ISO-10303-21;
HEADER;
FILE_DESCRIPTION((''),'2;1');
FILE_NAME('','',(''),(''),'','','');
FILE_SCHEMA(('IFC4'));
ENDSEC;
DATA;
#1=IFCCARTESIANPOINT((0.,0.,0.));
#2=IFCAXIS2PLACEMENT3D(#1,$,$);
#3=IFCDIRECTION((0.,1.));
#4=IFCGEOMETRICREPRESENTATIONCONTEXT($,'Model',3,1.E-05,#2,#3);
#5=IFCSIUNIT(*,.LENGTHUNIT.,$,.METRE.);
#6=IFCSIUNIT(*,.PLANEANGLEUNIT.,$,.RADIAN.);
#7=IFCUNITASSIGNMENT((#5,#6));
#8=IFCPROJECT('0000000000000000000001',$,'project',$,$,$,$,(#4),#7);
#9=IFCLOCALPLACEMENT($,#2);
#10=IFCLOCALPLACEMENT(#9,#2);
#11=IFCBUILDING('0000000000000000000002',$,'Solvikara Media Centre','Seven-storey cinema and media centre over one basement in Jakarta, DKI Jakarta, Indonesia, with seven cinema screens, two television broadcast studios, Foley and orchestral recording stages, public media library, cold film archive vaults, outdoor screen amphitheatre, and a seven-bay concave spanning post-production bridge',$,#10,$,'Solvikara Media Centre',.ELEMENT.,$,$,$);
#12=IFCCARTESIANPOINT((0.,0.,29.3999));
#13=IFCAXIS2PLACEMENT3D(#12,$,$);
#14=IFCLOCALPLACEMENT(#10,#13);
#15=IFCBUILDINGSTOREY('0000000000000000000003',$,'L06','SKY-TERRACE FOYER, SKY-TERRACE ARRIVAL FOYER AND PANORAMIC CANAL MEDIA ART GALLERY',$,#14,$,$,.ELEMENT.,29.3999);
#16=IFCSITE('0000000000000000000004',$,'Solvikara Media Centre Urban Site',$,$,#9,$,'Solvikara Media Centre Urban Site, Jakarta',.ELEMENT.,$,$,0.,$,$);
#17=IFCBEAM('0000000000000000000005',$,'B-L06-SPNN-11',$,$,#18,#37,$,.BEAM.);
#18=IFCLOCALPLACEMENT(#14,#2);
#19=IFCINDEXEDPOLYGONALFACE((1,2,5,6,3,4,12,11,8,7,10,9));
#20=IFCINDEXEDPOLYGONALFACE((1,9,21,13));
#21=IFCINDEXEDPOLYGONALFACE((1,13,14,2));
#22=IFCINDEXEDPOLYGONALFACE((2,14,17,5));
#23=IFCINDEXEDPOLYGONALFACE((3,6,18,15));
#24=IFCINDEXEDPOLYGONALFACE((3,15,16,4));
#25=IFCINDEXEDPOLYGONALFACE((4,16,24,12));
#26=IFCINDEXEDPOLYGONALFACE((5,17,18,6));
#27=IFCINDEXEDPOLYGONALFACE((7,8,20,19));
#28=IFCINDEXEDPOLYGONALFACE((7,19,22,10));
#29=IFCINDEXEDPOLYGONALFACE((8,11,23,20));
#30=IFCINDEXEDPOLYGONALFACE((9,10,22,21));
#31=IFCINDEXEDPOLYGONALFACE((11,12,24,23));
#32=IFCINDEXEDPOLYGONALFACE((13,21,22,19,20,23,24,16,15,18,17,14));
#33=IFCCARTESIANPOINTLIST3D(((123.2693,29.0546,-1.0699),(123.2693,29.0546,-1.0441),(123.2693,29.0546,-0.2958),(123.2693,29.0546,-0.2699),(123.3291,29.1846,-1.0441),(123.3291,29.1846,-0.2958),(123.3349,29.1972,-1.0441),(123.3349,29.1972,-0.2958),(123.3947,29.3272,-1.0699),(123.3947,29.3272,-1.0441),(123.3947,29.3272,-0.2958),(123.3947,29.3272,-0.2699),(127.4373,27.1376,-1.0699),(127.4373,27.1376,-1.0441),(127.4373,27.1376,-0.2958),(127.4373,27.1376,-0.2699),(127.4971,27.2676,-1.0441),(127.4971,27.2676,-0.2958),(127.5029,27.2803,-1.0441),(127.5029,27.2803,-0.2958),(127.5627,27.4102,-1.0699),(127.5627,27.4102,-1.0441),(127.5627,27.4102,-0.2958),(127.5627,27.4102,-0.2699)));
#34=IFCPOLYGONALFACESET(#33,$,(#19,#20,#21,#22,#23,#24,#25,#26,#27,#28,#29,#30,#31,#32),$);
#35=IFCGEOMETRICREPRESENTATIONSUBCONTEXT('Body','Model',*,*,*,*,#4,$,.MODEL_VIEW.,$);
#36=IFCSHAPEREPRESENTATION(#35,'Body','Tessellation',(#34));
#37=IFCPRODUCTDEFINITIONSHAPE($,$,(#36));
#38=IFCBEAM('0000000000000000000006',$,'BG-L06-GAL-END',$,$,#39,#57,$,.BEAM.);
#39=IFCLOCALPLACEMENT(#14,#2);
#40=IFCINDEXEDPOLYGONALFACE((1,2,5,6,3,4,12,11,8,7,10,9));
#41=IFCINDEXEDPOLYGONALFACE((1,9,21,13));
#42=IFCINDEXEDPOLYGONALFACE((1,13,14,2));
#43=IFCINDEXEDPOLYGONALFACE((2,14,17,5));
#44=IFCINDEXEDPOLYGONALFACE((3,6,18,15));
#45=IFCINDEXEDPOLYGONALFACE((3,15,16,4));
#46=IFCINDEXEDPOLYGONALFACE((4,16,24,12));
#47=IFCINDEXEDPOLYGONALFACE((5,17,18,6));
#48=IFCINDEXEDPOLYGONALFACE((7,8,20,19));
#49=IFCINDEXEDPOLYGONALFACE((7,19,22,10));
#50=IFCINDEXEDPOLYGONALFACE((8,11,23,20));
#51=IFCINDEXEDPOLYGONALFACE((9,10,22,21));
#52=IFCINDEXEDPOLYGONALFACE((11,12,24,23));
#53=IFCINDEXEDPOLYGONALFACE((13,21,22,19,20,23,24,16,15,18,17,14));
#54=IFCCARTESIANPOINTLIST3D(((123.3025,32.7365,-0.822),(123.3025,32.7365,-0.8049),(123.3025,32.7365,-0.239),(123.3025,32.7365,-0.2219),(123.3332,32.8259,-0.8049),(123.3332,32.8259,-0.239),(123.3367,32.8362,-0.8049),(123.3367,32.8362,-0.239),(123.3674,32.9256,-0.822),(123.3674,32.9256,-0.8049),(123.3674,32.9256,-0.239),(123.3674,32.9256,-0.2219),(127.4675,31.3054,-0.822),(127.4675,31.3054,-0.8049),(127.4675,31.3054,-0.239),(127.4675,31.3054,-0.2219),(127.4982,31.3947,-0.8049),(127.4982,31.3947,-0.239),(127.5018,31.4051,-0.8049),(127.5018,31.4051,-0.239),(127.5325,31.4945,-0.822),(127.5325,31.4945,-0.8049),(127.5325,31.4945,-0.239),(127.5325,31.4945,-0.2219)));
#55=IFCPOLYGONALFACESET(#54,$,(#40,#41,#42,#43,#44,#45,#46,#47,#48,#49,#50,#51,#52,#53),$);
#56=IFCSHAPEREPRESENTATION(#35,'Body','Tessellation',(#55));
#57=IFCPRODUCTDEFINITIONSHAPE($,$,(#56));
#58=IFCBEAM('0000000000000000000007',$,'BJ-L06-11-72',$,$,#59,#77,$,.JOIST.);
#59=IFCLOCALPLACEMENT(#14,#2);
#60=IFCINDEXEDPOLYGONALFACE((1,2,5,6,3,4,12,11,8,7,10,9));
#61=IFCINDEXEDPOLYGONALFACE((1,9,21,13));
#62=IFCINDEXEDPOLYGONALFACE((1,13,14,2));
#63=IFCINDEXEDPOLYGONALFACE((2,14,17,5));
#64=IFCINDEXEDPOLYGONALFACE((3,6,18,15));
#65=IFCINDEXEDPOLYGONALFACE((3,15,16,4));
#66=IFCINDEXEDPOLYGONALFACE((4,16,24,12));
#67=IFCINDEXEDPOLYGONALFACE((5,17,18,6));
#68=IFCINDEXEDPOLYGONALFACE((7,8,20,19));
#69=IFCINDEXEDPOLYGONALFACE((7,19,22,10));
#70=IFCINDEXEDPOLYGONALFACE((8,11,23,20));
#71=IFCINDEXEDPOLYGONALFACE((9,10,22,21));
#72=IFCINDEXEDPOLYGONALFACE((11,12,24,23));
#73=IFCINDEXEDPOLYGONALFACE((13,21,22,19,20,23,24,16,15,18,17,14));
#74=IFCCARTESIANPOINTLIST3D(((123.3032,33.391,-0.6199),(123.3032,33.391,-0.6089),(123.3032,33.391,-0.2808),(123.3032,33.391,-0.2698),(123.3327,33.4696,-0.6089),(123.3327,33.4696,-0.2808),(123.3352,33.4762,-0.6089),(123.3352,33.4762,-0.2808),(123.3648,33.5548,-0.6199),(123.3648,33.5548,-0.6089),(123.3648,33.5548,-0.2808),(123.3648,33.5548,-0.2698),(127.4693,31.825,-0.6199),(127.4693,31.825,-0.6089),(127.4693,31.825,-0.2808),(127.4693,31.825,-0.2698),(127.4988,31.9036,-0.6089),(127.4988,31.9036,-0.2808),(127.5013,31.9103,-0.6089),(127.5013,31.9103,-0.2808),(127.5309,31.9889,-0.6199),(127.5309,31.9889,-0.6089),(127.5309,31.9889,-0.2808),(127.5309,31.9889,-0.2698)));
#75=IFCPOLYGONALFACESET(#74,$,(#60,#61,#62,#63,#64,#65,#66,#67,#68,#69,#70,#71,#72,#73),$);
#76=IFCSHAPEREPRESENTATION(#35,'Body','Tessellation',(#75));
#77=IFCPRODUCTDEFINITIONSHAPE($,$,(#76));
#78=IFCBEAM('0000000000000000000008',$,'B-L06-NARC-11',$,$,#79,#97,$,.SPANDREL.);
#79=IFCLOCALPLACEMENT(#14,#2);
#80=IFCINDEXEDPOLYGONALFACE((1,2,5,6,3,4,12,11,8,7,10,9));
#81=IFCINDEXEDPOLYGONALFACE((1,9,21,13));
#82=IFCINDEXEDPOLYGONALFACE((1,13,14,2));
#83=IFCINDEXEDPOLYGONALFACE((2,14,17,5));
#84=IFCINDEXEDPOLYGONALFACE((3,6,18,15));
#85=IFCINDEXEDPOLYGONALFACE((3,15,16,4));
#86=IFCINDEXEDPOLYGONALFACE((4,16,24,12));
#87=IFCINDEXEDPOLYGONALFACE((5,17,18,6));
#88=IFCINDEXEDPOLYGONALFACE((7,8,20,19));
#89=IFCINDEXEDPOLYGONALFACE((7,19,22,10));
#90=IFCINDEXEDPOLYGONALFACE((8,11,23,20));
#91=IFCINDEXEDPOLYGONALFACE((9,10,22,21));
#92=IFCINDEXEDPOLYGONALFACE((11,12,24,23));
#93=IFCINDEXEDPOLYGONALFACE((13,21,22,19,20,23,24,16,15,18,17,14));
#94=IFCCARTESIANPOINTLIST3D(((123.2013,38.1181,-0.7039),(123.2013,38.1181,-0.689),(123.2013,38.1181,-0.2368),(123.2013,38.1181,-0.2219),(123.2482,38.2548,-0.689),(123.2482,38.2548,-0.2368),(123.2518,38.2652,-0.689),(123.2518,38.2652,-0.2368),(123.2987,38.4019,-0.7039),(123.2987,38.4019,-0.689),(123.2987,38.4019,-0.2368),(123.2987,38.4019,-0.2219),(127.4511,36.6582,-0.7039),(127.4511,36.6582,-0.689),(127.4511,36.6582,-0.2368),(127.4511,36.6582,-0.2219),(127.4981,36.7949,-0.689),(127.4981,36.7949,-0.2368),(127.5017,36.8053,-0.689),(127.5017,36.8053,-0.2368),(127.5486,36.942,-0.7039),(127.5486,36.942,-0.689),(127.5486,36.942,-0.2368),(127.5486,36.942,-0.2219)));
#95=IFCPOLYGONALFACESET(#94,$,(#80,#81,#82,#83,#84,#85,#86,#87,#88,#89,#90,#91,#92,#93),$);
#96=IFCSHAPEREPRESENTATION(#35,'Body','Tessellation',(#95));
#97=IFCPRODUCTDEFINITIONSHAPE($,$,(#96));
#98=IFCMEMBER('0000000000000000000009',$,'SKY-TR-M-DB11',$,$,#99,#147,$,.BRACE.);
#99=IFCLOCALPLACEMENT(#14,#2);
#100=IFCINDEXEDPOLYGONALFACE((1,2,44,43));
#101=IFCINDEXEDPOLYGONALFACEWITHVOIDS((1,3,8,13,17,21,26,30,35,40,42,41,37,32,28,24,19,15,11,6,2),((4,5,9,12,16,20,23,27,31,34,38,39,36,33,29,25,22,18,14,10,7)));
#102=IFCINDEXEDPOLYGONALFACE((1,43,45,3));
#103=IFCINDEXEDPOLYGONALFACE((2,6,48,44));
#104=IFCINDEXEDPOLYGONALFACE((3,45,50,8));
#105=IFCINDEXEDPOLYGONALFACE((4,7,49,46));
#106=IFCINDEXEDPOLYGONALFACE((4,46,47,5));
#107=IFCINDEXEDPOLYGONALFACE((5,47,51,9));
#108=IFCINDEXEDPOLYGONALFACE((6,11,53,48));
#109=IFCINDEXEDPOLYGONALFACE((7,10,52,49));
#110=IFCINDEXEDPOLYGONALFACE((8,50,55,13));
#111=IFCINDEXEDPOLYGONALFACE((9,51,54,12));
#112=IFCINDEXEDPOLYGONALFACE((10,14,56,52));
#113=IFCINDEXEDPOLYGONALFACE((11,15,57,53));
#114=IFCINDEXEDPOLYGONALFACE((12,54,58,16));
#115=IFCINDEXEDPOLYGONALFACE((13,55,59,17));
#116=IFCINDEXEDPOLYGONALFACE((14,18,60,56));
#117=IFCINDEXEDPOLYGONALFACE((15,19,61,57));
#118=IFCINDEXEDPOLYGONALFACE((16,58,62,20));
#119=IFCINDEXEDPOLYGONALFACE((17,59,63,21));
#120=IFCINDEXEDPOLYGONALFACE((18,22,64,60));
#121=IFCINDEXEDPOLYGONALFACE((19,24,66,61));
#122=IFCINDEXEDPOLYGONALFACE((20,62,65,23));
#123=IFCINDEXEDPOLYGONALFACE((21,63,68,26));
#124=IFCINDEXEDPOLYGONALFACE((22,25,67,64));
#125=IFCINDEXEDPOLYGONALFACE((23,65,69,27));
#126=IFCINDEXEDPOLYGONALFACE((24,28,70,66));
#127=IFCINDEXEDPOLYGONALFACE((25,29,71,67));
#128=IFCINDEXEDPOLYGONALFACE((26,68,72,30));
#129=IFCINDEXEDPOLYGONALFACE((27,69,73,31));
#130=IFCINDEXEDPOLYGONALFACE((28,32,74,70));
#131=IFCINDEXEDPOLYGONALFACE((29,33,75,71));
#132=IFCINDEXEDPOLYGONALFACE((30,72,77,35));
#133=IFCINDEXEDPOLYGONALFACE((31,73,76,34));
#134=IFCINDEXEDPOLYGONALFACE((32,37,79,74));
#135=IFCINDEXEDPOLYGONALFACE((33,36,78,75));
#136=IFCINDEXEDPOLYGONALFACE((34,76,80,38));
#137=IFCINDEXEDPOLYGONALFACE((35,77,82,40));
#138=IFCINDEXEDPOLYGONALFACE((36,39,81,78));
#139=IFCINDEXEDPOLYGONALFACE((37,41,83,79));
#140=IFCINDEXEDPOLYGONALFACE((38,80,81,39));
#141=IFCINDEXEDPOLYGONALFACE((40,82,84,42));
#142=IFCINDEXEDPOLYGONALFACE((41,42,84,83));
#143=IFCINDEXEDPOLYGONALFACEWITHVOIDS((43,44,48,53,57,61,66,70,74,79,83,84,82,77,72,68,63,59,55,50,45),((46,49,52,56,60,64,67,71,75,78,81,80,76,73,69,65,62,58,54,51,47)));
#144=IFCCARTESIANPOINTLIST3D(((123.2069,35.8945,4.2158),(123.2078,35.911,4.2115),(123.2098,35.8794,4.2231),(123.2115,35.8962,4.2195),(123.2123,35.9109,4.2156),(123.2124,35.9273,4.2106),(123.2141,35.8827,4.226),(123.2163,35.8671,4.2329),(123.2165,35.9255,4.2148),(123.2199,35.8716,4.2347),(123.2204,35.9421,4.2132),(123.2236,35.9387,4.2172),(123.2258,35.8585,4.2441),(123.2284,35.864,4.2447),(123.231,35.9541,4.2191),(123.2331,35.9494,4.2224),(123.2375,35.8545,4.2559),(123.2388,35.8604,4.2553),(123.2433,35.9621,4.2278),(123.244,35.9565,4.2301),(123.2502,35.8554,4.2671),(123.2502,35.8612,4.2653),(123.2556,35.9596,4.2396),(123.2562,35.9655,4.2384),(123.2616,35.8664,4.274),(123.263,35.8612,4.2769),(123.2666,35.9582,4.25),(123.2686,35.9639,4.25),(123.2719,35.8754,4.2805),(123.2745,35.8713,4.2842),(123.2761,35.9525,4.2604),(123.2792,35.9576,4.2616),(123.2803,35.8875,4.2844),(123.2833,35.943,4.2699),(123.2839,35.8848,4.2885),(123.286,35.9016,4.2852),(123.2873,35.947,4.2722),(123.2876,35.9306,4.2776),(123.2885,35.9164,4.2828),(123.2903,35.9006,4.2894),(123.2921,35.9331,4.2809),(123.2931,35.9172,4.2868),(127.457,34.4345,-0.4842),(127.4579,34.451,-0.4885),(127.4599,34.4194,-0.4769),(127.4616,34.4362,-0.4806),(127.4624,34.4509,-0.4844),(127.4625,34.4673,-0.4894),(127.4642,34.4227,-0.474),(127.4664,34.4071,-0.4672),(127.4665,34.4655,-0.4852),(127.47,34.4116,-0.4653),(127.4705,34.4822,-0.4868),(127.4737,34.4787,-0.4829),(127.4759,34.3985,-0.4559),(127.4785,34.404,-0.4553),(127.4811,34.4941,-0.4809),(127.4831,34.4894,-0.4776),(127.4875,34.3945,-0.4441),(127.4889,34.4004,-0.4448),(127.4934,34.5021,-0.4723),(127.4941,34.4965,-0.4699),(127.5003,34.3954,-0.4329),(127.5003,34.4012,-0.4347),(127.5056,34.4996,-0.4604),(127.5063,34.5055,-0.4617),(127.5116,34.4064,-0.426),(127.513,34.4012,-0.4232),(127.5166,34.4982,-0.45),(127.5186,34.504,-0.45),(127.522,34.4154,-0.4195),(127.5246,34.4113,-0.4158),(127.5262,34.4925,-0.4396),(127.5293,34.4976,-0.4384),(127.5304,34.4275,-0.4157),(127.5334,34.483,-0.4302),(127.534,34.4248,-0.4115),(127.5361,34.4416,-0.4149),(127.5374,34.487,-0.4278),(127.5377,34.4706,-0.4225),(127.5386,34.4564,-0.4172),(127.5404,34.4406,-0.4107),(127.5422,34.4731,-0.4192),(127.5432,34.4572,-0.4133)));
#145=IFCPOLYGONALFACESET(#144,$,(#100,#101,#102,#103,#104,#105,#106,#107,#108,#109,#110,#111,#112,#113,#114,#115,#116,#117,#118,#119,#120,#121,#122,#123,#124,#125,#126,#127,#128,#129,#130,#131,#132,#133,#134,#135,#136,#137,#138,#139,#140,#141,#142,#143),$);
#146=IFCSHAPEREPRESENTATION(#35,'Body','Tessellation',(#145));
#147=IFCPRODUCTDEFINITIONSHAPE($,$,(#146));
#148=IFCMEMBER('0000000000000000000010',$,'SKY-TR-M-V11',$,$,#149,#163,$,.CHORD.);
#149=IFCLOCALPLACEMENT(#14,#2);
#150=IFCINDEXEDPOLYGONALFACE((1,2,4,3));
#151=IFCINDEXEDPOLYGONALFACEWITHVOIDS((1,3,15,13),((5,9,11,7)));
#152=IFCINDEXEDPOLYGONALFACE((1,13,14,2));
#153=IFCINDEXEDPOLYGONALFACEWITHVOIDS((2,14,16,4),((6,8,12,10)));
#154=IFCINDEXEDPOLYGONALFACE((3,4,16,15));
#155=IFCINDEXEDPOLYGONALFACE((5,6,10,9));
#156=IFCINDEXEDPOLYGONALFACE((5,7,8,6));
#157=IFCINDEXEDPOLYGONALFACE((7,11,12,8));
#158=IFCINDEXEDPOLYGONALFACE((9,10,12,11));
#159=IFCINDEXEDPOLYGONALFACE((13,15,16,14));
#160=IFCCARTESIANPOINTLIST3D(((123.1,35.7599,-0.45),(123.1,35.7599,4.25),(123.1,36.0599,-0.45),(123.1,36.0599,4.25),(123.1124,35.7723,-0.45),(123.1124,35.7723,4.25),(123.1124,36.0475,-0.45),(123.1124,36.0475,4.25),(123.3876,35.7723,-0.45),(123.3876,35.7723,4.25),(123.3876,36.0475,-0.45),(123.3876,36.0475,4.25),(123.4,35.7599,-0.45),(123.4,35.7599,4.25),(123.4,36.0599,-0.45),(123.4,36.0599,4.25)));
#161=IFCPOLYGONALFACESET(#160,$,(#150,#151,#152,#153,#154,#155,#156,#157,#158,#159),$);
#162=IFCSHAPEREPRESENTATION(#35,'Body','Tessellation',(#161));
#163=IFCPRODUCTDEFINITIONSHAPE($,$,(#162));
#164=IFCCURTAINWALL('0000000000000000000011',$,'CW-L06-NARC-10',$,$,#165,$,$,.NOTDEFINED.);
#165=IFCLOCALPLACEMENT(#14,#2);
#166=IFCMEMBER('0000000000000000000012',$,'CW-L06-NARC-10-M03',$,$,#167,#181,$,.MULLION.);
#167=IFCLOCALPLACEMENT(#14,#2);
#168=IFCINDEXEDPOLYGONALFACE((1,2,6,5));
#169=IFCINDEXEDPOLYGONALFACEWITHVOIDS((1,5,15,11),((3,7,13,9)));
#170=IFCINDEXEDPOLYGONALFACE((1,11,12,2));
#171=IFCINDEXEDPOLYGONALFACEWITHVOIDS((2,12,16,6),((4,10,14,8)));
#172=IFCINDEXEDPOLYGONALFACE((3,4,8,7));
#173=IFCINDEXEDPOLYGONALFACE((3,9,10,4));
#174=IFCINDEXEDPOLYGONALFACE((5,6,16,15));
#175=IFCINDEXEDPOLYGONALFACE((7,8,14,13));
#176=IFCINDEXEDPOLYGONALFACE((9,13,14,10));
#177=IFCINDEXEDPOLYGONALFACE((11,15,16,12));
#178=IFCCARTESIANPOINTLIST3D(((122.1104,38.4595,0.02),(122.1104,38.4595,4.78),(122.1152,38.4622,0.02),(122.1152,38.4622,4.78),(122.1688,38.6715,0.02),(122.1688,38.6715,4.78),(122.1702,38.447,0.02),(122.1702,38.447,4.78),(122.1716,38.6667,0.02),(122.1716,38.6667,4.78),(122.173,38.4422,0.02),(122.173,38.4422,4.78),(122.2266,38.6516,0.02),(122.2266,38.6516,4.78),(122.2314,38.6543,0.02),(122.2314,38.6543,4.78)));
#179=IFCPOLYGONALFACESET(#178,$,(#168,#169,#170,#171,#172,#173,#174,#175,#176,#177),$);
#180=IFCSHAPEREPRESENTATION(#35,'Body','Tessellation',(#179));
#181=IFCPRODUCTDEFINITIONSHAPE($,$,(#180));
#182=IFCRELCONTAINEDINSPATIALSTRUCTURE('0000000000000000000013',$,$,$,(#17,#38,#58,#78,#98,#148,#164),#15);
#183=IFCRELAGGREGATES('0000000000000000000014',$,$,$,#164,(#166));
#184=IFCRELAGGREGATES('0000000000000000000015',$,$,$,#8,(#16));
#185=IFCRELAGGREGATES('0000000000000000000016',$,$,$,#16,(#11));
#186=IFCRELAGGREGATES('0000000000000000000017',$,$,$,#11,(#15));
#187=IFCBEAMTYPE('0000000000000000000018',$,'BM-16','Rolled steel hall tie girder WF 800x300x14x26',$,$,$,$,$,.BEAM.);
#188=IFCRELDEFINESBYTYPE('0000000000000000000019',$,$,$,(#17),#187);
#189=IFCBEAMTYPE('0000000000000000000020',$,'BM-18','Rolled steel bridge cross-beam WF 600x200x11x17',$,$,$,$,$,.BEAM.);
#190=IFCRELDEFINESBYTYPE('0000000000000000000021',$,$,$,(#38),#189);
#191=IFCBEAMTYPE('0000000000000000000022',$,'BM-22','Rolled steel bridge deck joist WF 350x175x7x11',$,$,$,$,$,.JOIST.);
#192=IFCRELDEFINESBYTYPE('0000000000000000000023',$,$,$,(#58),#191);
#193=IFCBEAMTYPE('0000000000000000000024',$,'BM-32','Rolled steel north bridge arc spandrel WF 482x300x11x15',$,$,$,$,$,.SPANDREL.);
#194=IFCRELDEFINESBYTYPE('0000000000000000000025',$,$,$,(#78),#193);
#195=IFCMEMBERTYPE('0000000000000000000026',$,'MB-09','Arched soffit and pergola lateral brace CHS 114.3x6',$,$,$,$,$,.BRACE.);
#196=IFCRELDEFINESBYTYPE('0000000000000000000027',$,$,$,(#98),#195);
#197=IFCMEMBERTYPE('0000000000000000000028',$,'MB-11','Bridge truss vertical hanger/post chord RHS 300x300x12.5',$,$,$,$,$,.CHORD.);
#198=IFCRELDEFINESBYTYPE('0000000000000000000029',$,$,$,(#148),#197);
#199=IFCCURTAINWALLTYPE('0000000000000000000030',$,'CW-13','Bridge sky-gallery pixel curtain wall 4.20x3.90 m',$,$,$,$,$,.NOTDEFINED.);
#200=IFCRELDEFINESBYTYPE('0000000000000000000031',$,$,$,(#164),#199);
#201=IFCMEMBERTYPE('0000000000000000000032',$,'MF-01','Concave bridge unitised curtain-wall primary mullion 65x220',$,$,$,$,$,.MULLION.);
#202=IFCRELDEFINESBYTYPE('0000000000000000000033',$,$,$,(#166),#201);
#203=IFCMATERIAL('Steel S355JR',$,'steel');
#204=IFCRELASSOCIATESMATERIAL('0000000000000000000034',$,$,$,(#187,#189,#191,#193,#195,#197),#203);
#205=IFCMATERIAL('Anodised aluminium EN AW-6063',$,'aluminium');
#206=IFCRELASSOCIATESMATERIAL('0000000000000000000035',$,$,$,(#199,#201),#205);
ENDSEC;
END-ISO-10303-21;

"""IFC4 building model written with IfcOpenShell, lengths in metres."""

from ifc_helpers import new_model, si_unit, direction, frame, origin, origin_2d, place, context, subcontext, project, spatial, hollow_rectangle, hollow_circle, i_section, extrude, material, material_profile, profile_set, type_object, element, aggregate, save


model = new_model("IFC4")

# Units and contexts
model_context = context("Model", 3, precision=1e-05, world=origin(), true_north=direction((0.0, 1.0)))
body_context = subcontext(model_context, "Body", "Model", "MODEL_VIEW")
ifc_project = project(units=[si_unit("LENGTHUNIT", "METRE"), si_unit("PLANEANGLEUNIT", "RADIAN")], contexts=[model_context])

# Site, building, storey
site_placement = place(None, origin())
site = spatial("IfcSite", under=ifc_project, at=site_placement, Name="Solvikara Media Centre Urban Site", LongName="Solvikara Media Centre Urban Site, Jakarta", CompositionType="ELEMENT", RefElevation=0.0)
building_placement = place(site_placement, origin())
building = spatial("IfcBuilding", under=site, at=building_placement, Name="Solvikara Media Centre", Description="Seven-storey cinema and media centre over one basement in Jakarta, DKI Jakarta, Indonesia, with seven cinema screens, two television broadcast studios, Foley and orchestral recording stages, public media library, cold film archive vaults, outdoor screen amphitheatre, and a seven-bay concave spanning post-production bridge", LongName="Solvikara Media Centre", CompositionType="ELEMENT")
storey_placement = place(building_placement, frame((0.0, 0.0, 29.3999)))
storey = spatial("IfcBuildingStorey", under=building, at=storey_placement, Name="L06", Description="SKY-TERRACE FOYER, SKY-TERRACE ARRIVAL FOYER AND PANORAMIC CANAL MEDIA ART GALLERY", CompositionType="ELEMENT", Elevation=29.3999)

# Beams
ifc_material_1 = material(Name="Steel S355JR", Category="steel")
ifc_material_profile_1 = material_profile(ifc_material_1, i_section(OverallWidth=0.3, OverallDepth=0.8, WebThickness=0.0139, FlangeThickness=0.0259, at=origin_2d()), Name="WF 800x300x14x26")
ifc_profile_set_1 = profile_set([ifc_material_profile_1], Name="Steel S355JR")
beam_type_1 = type_object("IfcBeamType", Name="BM-16", Description="Rolled steel hall tie girder WF 800x300x14x26", PredefinedType="BEAM", material=ifc_profile_set_1)
beam_1_placement = place(storey_placement, frame((123.332, 29.1909, -0.6699), z_axis=(0.908513, -0.417856, 0.0), x_axis=(0.417856, 0.908513, 0.0)))
element("IfcBeam", 1, at=beam_1_placement, inside=storey, type_object=beam_type_1, Name="B-L06-SPNN-11", PredefinedType="BEAM", context=body_context, shape_type="SweptSolid", body=[
    extrude(i_section(OverallWidth=0.3, OverallDepth=0.8, WebThickness=0.0139, FlangeThickness=0.0259, at=origin_2d()), origin(), (0.0, 0.0, 1.0), 4.5876),
])
ifc_material_profile_2 = material_profile(ifc_material_1, i_section(OverallWidth=0.2, OverallDepth=0.6001, WebThickness=0.011, FlangeThickness=0.0171, at=origin_2d()), Name="WF 600x200x11x17")
ifc_profile_set_2 = profile_set([ifc_material_profile_2], Name="Steel S355JR")
beam_type_2 = type_object("IfcBeamType", Name="BM-18", Description="Rolled steel bridge cross-beam WF 600x200x11x17", PredefinedType="BEAM", material=ifc_profile_set_2)
beam_2_placement = place(storey_placement, frame((123.335, 32.8311, -0.522), z_axis=(0.945727, -0.324962, 0.0), x_axis=(0.324962, 0.945727, 0.0)))
element("IfcBeam", 2, at=beam_2_placement, inside=storey, type_object=beam_type_2, Name="BG-L06-GAL-END", PredefinedType="BEAM", context=body_context, shape_type="SweptSolid", body=[
    extrude(i_section(OverallWidth=0.2, OverallDepth=0.6001, WebThickness=0.011, FlangeThickness=0.0171, at=origin_2d()), origin(), (0.0, 0.0, 1.0), 4.4041),
])
ifc_material_profile_3 = material_profile(ifc_material_1, i_section(OverallWidth=0.175, OverallDepth=0.3501, WebThickness=0.0071, FlangeThickness=0.011, at=origin_2d()), Name="WF 350x175x7x11")
ifc_profile_set_3 = profile_set([ifc_material_profile_3], Name="Steel S355JR")
beam_type_3 = type_object("IfcBeamType", Name="BM-22", Description="Rolled steel bridge deck joist WF 350x175x7x11", PredefinedType="JOIST", material=ifc_profile_set_3)
beam_3_placement = place(storey_placement, frame((123.334, 33.4729, -0.4448), z_axis=(0.936058, -0.351845, 0.0), x_axis=(0.351845, 0.936058, 0.0)))
element("IfcBeam", 3, at=beam_3_placement, inside=storey, type_object=beam_type_3, Name="BJ-L06-11-72", PredefinedType="JOIST", context=body_context, shape_type="SweptSolid", body=[
    extrude(i_section(OverallWidth=0.175, OverallDepth=0.3501, WebThickness=0.0071, FlangeThickness=0.011, at=origin_2d()), origin(), (0.0, 0.0, 1.0), 4.4507),
])
ifc_material_profile_4 = material_profile(ifc_material_1, i_section(OverallWidth=0.3, OverallDepth=0.4819, WebThickness=0.011, FlangeThickness=0.0149, at=origin_2d()), Name="WF 482x300x11x15")
ifc_profile_set_4 = profile_set([ifc_material_profile_4], Name="Steel S355JR")
beam_type_4 = type_object("IfcBeamType", Name="BM-32", Description="Rolled steel north bridge arc spandrel WF 482x300x11x15", PredefinedType="SPANDREL", material=ifc_profile_set_4)
beam_4_placement = place(storey_placement, frame((123.25, 38.26, -0.4629), z_axis=(0.945753, -0.324885, 0.0), x_axis=(0.324885, 0.945753, 0.0)))
element("IfcBeam", 4, at=beam_4_placement, inside=storey, type_object=beam_type_4, Name="B-L06-NARC-11", PredefinedType="SPANDREL", context=body_context, shape_type="SweptSolid", body=[
    extrude(i_section(OverallWidth=0.3, OverallDepth=0.4819, WebThickness=0.011, FlangeThickness=0.0149, at=origin_2d()), origin(), (0.0, 0.0, 1.0), 4.4937),
])

# Members
ifc_material_profile_5 = material_profile(ifc_material_1, hollow_circle(Radius=0.0571, WallThickness=0.0061, at=origin_2d()), Name="CHS 114.3x6")
ifc_profile_set_5 = profile_set([ifc_material_profile_5], Name="Steel S355JR")
member_type_1 = type_object("IfcMemberType", Name="MB-09", Description="Arched soffit and pergola lateral brace CHS 114.3x6", PredefinedType="BRACE", material=ifc_profile_set_5)
member_1_placement = place(storey_placement, frame((123.25, 35.9099, 4.25), z_axis=(0.653587, -0.22452, -0.722783), x_axis=(0.324885, 0.945753, 0.0)))
element("IfcMember", 5, at=member_1_placement, inside=storey, type_object=member_type_1, Name="SKY-TR-M-DB11", PredefinedType="BRACE", context=body_context, shape_type="SweptSolid", body=[
    extrude(hollow_circle(Radius=0.0571, WallThickness=0.0061, at=origin_2d()), origin(), (0.0, 0.0, 1.0), 6.5027),
])
ifc_material_profile_6 = material_profile(ifc_material_1, hollow_rectangle(XDim=0.3, YDim=0.3, WallThickness=0.0125, at=origin_2d()), Name="RHS 300x300x12.5")
ifc_profile_set_6 = profile_set([ifc_material_profile_6], Name="Steel S355JR")
member_type_2 = type_object("IfcMemberType", Name="MB-11", Description="Bridge truss vertical hanger/post chord RHS 300x300x12.5", PredefinedType="CHORD", material=ifc_profile_set_6)
member_2_placement = place(storey_placement, frame((123.25, 35.9099, -0.45), z_axis=(0.0, 0.0, 1.0), x_axis=(1.0, 0.0, 0.0)))
element("IfcMember", 6, at=member_2_placement, inside=storey, type_object=member_type_2, Name="SKY-TR-M-V11", PredefinedType="CHORD", context=body_context, shape_type="SweptSolid", body=[
    extrude(hollow_rectangle(XDim=0.3, YDim=0.3, WallThickness=0.0125, at=origin_2d()), origin(), (0.0, 0.0, 1.0), 4.7),
])

# Curtain wall, member
ifc_material_2 = material(Name="Anodised aluminium EN AW-6063", Category="aluminium")
curtain_wall_type = type_object("IfcCurtainWallType", Name="CW-13", Description="Bridge sky-gallery pixel curtain wall 4.20x3.90 m", PredefinedType="NOTDEFINED", material=ifc_material_2)
curtain_wall_1_placement = place(storey_placement, origin())
curtain_wall_1 = element("IfcCurtainWall", 7, at=curtain_wall_1_placement, inside=storey, type_object=curtain_wall_type, Name="CW-L06-NARC-10", PredefinedType="NOTDEFINED")
ifc_material_profile_7 = material_profile(ifc_material_2, hollow_rectangle(XDim=0.0649, YDim=0.22, WallThickness=0.0039, at=origin_2d()), Name="ALU-M 65x220x4")
ifc_profile_set_7 = profile_set([ifc_material_profile_7], Name="Anodised aluminium EN AW-6063")
member_type_3 = type_object("IfcMemberType", Name="MF-01", Description="Concave bridge unitised curtain-wall primary mullion 65x220", PredefinedType="MULLION", material=ifc_profile_set_7)
member_3_placement = place(storey_placement, frame((122.1709, 38.5569, 0.02), z_axis=(0.0, 0.0, 1.0), x_axis=(0.96403, -0.265792, 0.0)))
member_3 = element("IfcMember", 8, at=member_3_placement, type_object=member_type_3, Name="CW-L06-NARC-10-M03", PredefinedType="MULLION", context=body_context, shape_type="SweptSolid", body=[
    extrude(hollow_rectangle(XDim=0.0649, YDim=0.22, WallThickness=0.0039, at=origin_2d()), origin(), (0.0, 0.0, 1.0), 4.76),
])

aggregate(curtain_wall_1, [member_3])

save(model, "model.ifc")
